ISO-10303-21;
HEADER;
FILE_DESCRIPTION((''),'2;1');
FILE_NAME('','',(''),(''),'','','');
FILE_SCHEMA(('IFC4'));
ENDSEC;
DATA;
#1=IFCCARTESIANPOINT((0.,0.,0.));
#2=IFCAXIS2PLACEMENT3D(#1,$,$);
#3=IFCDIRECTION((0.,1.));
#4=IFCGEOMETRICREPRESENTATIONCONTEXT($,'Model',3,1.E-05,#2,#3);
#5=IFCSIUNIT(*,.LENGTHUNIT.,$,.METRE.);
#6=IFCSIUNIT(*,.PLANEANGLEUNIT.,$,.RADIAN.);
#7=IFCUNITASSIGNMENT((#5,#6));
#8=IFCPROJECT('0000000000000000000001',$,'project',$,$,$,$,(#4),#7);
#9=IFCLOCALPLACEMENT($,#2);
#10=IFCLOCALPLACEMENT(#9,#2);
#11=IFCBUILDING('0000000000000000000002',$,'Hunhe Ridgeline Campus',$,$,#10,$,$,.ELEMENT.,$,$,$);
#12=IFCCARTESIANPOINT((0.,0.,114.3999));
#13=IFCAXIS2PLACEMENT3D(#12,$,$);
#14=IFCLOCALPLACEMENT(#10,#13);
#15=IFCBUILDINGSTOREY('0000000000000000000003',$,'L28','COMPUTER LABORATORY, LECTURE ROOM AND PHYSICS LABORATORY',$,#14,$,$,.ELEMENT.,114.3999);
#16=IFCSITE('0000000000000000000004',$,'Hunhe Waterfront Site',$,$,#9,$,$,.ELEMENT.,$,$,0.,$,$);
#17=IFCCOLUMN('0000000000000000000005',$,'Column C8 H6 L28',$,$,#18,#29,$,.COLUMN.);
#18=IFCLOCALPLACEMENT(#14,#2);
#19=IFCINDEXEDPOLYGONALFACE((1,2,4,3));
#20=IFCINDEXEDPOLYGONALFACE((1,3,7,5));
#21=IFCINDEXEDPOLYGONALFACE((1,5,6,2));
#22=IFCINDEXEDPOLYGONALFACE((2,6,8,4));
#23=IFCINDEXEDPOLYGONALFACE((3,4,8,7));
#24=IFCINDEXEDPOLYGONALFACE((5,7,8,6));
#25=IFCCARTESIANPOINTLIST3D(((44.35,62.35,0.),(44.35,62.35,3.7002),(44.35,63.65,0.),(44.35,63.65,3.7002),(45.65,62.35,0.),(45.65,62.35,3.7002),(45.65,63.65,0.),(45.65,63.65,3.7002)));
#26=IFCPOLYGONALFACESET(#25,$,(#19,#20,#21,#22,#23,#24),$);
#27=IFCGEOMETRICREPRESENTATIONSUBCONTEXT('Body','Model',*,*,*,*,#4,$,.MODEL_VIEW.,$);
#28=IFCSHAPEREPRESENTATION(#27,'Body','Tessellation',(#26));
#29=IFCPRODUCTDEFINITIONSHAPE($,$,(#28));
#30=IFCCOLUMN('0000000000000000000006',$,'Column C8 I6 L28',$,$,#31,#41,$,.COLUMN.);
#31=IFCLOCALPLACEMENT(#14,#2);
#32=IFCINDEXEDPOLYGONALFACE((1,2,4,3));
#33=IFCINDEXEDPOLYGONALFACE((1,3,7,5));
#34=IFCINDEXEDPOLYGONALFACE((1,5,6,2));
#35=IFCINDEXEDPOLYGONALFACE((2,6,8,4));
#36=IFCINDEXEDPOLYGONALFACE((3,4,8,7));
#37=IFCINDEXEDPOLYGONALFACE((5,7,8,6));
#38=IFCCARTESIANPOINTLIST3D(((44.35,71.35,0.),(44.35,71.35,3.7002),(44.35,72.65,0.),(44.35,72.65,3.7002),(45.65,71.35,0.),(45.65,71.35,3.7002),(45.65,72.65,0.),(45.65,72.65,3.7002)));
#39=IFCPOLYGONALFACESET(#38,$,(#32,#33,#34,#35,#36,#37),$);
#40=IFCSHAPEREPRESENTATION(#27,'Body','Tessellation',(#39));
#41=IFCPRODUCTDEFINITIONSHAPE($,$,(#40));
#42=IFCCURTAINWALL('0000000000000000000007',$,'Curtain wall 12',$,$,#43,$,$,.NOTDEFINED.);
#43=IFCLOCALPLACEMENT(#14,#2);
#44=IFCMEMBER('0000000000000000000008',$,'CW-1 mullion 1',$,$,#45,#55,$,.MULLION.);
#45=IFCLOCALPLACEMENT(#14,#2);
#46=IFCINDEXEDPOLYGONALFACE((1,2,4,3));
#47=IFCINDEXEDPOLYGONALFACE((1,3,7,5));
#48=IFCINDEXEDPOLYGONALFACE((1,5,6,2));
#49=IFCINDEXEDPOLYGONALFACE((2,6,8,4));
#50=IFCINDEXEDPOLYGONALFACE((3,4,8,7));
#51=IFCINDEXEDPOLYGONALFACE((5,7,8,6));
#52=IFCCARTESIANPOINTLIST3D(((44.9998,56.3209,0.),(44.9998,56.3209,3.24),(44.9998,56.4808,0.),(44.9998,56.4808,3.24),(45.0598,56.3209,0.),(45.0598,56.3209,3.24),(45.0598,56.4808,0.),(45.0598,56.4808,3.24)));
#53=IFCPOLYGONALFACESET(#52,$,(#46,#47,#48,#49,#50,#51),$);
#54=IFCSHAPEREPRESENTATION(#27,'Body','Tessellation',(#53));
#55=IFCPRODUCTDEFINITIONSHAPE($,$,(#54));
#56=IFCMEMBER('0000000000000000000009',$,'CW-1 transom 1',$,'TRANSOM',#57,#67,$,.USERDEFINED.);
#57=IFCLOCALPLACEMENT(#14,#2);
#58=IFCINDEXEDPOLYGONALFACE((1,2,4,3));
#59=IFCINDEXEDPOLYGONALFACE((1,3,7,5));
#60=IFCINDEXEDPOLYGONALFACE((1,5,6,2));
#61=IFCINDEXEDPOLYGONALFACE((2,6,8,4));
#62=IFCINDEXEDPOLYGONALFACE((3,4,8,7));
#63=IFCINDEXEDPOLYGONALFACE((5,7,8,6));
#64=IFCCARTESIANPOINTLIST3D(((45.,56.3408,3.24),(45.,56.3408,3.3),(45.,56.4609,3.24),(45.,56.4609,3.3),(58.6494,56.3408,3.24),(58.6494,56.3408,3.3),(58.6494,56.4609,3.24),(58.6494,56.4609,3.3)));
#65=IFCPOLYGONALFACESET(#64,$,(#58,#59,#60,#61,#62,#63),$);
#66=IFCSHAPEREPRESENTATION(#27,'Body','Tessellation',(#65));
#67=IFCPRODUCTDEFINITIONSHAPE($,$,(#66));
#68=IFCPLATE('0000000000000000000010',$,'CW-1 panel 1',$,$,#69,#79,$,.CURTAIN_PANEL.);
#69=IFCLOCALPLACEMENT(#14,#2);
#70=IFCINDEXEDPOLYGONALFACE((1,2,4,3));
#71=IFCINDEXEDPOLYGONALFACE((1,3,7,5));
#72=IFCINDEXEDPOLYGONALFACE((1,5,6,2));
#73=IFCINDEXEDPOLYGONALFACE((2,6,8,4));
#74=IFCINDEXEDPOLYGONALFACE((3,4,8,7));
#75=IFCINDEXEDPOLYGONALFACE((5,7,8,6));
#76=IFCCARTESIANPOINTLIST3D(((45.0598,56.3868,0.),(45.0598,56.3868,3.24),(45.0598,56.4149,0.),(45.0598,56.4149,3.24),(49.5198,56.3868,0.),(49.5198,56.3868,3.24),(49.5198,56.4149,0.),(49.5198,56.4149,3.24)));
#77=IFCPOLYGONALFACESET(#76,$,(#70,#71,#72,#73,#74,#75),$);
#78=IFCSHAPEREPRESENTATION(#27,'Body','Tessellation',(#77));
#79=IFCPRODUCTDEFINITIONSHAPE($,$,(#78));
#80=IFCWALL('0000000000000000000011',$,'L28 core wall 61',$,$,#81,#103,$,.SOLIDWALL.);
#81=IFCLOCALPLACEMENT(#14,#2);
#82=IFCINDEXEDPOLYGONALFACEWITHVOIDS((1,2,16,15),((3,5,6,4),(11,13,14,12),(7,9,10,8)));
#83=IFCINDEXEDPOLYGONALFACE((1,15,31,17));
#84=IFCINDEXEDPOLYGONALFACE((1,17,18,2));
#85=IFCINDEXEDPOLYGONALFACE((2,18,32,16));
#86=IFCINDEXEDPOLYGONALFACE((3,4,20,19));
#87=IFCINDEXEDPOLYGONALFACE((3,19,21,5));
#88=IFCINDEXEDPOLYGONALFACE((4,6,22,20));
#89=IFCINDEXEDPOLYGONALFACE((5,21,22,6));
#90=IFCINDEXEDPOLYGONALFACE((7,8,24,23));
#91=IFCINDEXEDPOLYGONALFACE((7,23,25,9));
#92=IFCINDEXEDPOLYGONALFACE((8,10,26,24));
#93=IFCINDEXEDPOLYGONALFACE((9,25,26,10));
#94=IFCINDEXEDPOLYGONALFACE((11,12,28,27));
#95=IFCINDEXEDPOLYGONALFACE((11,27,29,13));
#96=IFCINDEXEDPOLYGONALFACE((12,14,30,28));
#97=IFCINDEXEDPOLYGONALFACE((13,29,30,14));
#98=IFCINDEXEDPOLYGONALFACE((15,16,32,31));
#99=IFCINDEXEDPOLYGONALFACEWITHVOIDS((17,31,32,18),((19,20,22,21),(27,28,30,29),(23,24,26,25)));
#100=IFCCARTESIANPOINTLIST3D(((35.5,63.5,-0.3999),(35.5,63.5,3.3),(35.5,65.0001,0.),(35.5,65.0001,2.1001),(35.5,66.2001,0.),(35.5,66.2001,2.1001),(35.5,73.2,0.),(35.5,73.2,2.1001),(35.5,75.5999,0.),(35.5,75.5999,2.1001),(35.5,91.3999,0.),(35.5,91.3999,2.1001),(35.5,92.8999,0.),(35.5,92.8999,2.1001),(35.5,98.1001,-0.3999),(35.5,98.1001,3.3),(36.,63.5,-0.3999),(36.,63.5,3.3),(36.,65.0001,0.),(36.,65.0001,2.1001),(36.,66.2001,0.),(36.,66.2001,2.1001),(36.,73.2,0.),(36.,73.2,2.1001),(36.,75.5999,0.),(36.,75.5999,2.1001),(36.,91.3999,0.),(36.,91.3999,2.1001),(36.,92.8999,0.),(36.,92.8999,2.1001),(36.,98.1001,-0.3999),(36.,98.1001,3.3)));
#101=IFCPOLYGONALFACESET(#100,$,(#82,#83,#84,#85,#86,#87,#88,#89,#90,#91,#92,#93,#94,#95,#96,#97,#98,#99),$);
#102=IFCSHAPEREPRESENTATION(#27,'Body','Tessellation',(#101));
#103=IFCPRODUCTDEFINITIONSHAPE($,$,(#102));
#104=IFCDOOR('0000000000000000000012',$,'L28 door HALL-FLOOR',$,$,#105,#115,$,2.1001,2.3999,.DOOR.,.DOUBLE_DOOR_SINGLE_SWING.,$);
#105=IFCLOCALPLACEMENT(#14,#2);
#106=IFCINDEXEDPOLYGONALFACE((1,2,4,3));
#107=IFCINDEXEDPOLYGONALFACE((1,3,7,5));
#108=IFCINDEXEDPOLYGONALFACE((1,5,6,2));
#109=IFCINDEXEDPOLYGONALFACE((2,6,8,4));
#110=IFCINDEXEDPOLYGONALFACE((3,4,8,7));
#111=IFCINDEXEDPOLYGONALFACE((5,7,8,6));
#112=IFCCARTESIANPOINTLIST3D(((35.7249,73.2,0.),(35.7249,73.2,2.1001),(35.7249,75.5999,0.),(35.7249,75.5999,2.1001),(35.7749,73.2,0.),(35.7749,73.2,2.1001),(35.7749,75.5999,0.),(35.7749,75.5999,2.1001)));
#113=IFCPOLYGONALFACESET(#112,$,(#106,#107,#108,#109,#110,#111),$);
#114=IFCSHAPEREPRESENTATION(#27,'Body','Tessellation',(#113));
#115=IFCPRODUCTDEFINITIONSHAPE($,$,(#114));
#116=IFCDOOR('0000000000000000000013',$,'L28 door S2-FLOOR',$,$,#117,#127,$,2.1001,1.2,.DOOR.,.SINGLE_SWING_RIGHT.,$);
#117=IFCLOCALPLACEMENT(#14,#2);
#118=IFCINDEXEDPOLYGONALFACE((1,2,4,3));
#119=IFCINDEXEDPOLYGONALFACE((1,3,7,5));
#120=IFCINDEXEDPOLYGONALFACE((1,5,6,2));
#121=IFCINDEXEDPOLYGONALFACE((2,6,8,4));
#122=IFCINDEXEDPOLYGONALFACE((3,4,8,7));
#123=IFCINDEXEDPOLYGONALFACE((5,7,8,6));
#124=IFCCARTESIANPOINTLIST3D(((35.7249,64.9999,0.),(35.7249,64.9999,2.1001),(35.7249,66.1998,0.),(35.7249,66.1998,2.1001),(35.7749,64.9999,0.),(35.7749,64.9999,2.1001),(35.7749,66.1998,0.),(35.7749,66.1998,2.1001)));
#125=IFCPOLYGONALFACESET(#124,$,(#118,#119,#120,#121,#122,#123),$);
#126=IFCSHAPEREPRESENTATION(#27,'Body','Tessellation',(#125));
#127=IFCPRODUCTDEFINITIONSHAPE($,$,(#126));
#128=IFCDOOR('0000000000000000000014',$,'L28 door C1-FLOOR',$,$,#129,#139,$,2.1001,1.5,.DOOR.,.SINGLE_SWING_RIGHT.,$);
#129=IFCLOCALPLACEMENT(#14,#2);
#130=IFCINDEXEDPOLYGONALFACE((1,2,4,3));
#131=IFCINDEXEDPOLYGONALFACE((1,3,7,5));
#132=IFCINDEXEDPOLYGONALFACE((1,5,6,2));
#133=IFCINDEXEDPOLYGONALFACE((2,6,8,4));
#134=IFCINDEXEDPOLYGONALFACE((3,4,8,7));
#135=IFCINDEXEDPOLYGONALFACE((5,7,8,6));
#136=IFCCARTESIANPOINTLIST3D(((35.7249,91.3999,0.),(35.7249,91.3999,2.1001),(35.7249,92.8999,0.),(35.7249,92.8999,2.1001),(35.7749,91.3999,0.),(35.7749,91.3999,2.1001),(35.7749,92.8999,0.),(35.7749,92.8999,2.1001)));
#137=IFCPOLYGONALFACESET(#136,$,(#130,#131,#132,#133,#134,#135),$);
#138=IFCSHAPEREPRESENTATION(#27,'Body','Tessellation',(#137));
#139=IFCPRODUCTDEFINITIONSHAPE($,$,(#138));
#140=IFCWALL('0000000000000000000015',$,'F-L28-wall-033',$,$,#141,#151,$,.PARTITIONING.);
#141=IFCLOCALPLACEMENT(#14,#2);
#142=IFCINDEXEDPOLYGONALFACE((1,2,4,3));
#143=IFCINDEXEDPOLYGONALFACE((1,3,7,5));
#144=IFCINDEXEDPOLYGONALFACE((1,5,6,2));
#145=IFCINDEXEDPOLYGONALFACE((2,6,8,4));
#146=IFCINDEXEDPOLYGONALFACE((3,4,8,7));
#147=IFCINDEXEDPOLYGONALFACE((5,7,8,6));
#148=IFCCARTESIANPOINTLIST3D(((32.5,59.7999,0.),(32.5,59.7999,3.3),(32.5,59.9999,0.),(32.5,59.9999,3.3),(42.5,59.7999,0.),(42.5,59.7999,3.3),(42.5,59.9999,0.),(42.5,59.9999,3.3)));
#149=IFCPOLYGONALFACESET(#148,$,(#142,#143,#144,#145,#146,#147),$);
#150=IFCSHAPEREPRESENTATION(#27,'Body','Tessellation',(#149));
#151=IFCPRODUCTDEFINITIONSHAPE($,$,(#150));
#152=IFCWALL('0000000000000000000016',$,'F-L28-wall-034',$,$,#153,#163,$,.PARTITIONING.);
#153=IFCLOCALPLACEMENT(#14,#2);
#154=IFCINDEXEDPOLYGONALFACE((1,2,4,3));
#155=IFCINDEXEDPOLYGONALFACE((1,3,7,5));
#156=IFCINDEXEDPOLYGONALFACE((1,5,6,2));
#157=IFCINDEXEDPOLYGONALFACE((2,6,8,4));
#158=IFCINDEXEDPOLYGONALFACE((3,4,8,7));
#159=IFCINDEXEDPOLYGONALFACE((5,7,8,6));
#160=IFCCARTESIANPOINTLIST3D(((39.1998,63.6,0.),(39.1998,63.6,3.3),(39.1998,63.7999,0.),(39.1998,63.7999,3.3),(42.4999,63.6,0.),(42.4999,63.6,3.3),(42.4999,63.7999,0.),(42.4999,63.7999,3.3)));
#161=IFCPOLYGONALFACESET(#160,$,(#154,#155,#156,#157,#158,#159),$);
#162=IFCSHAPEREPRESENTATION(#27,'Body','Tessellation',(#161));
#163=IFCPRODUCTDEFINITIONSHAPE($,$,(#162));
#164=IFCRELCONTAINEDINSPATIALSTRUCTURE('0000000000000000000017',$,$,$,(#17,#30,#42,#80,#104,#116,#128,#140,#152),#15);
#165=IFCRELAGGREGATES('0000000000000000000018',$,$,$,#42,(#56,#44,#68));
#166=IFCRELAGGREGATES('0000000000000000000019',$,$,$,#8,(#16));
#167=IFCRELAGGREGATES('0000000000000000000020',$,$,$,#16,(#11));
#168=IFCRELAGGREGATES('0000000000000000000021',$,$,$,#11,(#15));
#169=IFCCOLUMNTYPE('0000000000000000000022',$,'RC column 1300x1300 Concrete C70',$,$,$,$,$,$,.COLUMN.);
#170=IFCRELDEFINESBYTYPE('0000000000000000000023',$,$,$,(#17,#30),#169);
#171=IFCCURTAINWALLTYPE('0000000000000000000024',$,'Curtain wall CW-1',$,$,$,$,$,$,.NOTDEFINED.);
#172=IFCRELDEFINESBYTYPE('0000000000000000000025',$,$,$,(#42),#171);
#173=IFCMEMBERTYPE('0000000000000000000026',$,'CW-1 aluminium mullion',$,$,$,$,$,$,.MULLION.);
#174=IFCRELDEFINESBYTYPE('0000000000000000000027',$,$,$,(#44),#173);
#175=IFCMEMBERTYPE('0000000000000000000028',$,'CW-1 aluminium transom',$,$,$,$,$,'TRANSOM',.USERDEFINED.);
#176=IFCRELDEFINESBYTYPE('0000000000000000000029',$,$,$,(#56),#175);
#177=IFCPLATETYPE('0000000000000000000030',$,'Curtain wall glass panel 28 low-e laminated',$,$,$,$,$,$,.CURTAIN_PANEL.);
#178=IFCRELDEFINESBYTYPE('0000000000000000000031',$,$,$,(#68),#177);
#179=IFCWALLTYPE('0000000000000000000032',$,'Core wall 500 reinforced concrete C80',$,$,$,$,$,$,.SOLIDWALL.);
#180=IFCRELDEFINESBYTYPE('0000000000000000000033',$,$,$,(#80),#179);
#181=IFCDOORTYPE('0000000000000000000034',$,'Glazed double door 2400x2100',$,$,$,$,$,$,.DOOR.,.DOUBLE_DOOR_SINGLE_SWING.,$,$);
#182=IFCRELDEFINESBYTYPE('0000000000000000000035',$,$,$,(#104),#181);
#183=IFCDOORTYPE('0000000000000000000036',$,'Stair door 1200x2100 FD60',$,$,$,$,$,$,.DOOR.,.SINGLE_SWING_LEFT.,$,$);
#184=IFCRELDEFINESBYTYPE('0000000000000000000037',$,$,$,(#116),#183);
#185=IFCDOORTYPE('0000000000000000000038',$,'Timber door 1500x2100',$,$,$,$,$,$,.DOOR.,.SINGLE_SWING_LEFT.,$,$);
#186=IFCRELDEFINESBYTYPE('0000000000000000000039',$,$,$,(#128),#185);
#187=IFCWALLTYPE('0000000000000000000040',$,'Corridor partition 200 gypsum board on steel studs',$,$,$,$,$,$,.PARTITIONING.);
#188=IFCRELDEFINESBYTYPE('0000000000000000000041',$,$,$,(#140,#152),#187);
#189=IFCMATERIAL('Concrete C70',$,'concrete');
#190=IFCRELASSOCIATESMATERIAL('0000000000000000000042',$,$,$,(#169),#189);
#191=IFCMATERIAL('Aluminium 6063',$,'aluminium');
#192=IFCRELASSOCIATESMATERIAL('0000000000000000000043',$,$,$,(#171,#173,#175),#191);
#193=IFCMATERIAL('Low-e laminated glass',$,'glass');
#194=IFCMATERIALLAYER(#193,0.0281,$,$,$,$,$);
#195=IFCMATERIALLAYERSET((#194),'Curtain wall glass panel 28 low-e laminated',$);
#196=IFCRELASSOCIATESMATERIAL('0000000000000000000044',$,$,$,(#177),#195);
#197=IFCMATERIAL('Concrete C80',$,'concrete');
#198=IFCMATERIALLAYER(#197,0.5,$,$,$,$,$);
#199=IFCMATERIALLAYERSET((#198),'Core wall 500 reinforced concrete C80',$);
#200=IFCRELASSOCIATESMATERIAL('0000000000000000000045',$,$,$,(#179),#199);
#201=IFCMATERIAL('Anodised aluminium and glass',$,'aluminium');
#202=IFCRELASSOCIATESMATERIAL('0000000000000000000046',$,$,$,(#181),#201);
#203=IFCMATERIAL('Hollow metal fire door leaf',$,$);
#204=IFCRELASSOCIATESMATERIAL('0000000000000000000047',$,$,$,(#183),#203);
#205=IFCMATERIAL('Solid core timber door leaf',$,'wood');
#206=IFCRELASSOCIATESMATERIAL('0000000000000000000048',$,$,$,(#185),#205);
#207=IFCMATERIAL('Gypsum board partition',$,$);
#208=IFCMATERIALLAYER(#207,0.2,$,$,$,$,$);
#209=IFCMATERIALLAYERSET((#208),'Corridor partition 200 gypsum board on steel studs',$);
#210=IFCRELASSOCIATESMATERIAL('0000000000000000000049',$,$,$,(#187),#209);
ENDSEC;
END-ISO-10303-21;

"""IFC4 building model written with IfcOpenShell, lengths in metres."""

from ifc_helpers import new_model, si_unit, direction, frame, frame_2d, origin, origin_2d, place, context, subcontext, project, spatial, rectangle, extrude, material, layer, layer_set, material_profile, profile_set, type_object, element, fill, aggregate, save


model = new_model("IFC4")

# Units and contexts
model_context = context("Model", 3, precision=1e-05, world=origin(), true_north=direction((0.0, 1.0)))
body_context = subcontext(model_context, "Body", "Model", "MODEL_VIEW")
ifc_project = project(units=[si_unit("LENGTHUNIT", "METRE"), si_unit("PLANEANGLEUNIT", "RADIAN")], contexts=[model_context])

# Site, building, storey
site_placement = place(None, origin())
site = spatial("IfcSite", under=ifc_project, at=site_placement, Name="Hunhe Waterfront Site", CompositionType="ELEMENT", RefElevation=0.0)
building_placement = place(site_placement, origin())
building = spatial("IfcBuilding", under=site, at=building_placement, Name="Hunhe Ridgeline Campus", CompositionType="ELEMENT")
storey_placement = place(building_placement, frame((0.0, 0.0, 114.3999)))
storey = spatial("IfcBuildingStorey", under=building, at=storey_placement, Name="L28", Description="COMPUTER LABORATORY, LECTURE ROOM AND PHYSICS LABORATORY", CompositionType="ELEMENT", Elevation=114.3999)

# Columns
ifc_material_1 = material(Name="Concrete C70", Category="concrete")
ifc_material_profile_1 = material_profile(ifc_material_1, rectangle(XDim=1.3, YDim=1.3, at=origin_2d()))
ifc_profile_set_1 = profile_set([ifc_material_profile_1], Name="Concrete C70")
column_type = type_object("IfcColumnType", Name="RC column 1300x1300 Concrete C70", PredefinedType="COLUMN", material=ifc_profile_set_1)
for number, where, z_axis, x_axis, name in (
    (1, (45.0, 63.0, 0.0), (0.0, 0.0, 1.0), (1.0, 0.0, 0.0), "Column C8 H6 L28"),
    (2, (45.0, 72.0, 0.0), (0.0, 0.0, 1.0), (1.0, 0.0, 0.0), "Column C8 I6 L28"),
):
    element("IfcColumn", number, at=place(storey_placement, frame(where, z_axis=z_axis, x_axis=x_axis)), inside=storey, type_object=column_type, Name=name, PredefinedType="COLUMN", context=body_context, shape_type="SweptSolid", body=[
        extrude(rectangle(XDim=1.3, YDim=1.3, at=origin_2d()), origin(), (0.0, 0.0, 1.0), 3.7002),
    ])

# Curtain wall, members, plate
ifc_material_2 = material(Name="Aluminium 6063", Category="aluminium")
curtain_wall_type = type_object("IfcCurtainWallType", Name="Curtain wall CW-1", PredefinedType="NOTDEFINED", material=ifc_material_2)
curtain_wall_placement = place(storey_placement, origin())
curtain_wall = element("IfcCurtainWall", 3, at=curtain_wall_placement, inside=storey, type_object=curtain_wall_type, Name="Curtain wall 12", PredefinedType="NOTDEFINED")
ifc_material_profile_2 = material_profile(ifc_material_2, rectangle(XDim=0.1599, YDim=0.0601, at=origin_2d()))
ifc_profile_set_2 = profile_set([ifc_material_profile_2], Name="Aluminium 6063")
member_type_1 = type_object("IfcMemberType", Name="CW-1 aluminium mullion", PredefinedType="MULLION", material=ifc_profile_set_2)
member_1_placement = place(storey_placement, frame((45.0298, 56.4009, 0.0), z_axis=(0.0, 0.0, 1.0), x_axis=(0.0, 1.0, 0.0)))
member_1 = element("IfcMember", 4, at=member_1_placement, type_object=member_type_1, Name="CW-1 mullion 1", PredefinedType="MULLION", context=body_context, shape_type="SweptSolid", body=[
    extrude(rectangle(XDim=0.1599, YDim=0.0601, at=origin_2d()), origin(), (0.0, 0.0, 1.0), 3.24),
])
ifc_material_profile_3 = material_profile(ifc_material_2, rectangle(XDim=0.1201, YDim=0.0601, at=origin_2d()))
ifc_profile_set_3 = profile_set([ifc_material_profile_3], Name="Aluminium 6063")
member_type_2 = type_object("IfcMemberType", Name="CW-1 aluminium transom", ElementType="TRANSOM", PredefinedType="USERDEFINED", material=ifc_profile_set_3)
member_2_placement = place(storey_placement, frame((45.0, 56.4009, 3.27), z_axis=(1.0, 0.0, 0.0), x_axis=(0.0, 1.0, 0.0)))
member_2 = element("IfcMember", 5, at=member_2_placement, type_object=member_type_2, Name="CW-1 transom 1", ObjectType="TRANSOM", PredefinedType="USERDEFINED", context=body_context, shape_type="SweptSolid", body=[
    extrude(rectangle(XDim=0.1201, YDim=0.0601, at=origin_2d()), origin(), (0.0, 0.0, 1.0), 13.6494),
])
ifc_material_3 = material(Name="Low-e laminated glass", Category="glass")
ifc_layer_1 = layer(ifc_material_3, 0.0281)
ifc_layer_set_1 = layer_set([ifc_layer_1], Name="Curtain wall glass panel 28 low-e laminated")
plate_type = type_object("IfcPlateType", Name="Curtain wall glass panel 28 low-e laminated", PredefinedType="CURTAIN_PANEL", material=ifc_layer_set_1)
plate_placement = place(storey_placement, frame((47.2898, 56.4009, 0.0), z_axis=(0.0, 0.0, 1.0), x_axis=(1.0, 0.0, 0.0)))
plate = element("IfcPlate", 6, at=plate_placement, type_object=plate_type, Name="CW-1 panel 1", PredefinedType="CURTAIN_PANEL", context=body_context, shape_type="SweptSolid", body=[
    extrude(rectangle(XDim=4.46, YDim=0.0281, at=origin_2d()), origin(), (0.0, 0.0, 1.0), 3.24),
])
aggregate(curtain_wall, [member_2, member_1, plate])

# Wall, openings, doors
ifc_material_4 = material(Name="Concrete C80", Category="concrete")
ifc_layer_2 = layer(ifc_material_4, 0.5)
ifc_layer_set_2 = layer_set([ifc_layer_2], Name="Core wall 500 reinforced concrete C80")
wall_type_1 = type_object("IfcWallType", Name="Core wall 500 reinforced concrete C80", PredefinedType="SOLIDWALL", material=ifc_layer_set_2)
wall_1_placement = place(storey_placement, frame((35.75, 63.5, -0.3999), z_axis=(0.0, 0.0, 1.0), x_axis=(0.0, 1.0, 0.0)))
wall_1 = element("IfcWall", 7, at=wall_1_placement, inside=storey, type_object=wall_type_1, Name="L28 core wall 61", PredefinedType="SOLIDWALL", context=body_context, shape_type="SweptSolid", body=[
    extrude(rectangle(XDim=34.6001, YDim=0.5, at=frame_2d((17.3, 0.0))), origin(), (0.0, 0.0, 1.0), 3.7),
])
opening_1_placement = place(wall_1_placement, frame((9.7, 0.0, 0.3999)))
opening_1 = element("IfcOpeningElement", 8, at=opening_1_placement, cuts=wall_1, PredefinedType="OPENING", context=body_context, shape_type="SweptSolid", body=[
    extrude(rectangle(XDim=2.3999, YDim=2.1001, at=frame_2d((1.2, 1.05))), frame((0.0, 0.25, 0.0), z_axis=(0.0, -1.0, 0.0), x_axis=(1.0, 0.0, 0.0)), (0.0, 0.0, 1.0), 0.5),
])
opening_2_placement = place(wall_1_placement, frame((27.8999, 0.0, 0.3999)))
opening_2 = element("IfcOpeningElement", 9, at=opening_2_placement, cuts=wall_1, PredefinedType="OPENING", context=body_context, shape_type="SweptSolid", body=[
    extrude(rectangle(XDim=1.5, YDim=2.1001, at=frame_2d((0.75, 1.05))), frame((0.0, 0.25, 0.0), z_axis=(0.0, -1.0, 0.0), x_axis=(1.0, 0.0, 0.0)), (0.0, 0.0, 1.0), 0.5),
])
opening_3_placement = place(wall_1_placement, frame((1.5, 0.0, 0.3999)))
opening_3 = element("IfcOpeningElement", 10, at=opening_3_placement, cuts=wall_1, PredefinedType="OPENING", context=body_context, shape_type="SweptSolid", body=[
    extrude(rectangle(XDim=1.2, YDim=2.1001, at=frame_2d((0.6001, 1.05))), frame((0.0, 0.25, 0.0), z_axis=(0.0, -1.0, 0.0), x_axis=(1.0, 0.0, 0.0)), (0.0, 0.0, 1.0), 0.5),
])
ifc_material_5 = material(Name="Anodised aluminium and glass", Category="aluminium")
door_type_1 = type_object("IfcDoorType", Name="Glazed double door 2400x2100", OperationType="DOUBLE_DOOR_SINGLE_SWING", PredefinedType="DOOR", material=ifc_material_5)
door_1_placement = place(opening_1_placement, frame((2.3999, 0.0, 0.0), z_axis=(0.0, 0.0, 1.0), x_axis=(-1.0, 0.0, 0.0)))
door_1 = element("IfcDoor", 11, at=door_1_placement, inside=storey, type_object=door_type_1, Name="L28 door HALL-FLOOR", OperationType="DOUBLE_DOOR_SINGLE_SWING", OverallHeight=2.1001, OverallWidth=2.3999, PredefinedType="DOOR", context=body_context, shape_type="SweptSolid", body=[
    extrude(rectangle(XDim=2.3999, YDim=2.1001, at=frame_2d((1.2, 1.05))), frame((0.0, 0.0249, 0.0), z_axis=(0.0, -1.0, 0.0), x_axis=(1.0, 0.0, 0.0)), (0.0, 0.0, 1.0), 0.05),
])
fill(opening_1, door_1)
ifc_material_6 = material(Name="Hollow metal fire door leaf")
door_type_2 = type_object("IfcDoorType", Name="Stair door 1200x2100 FD60", OperationType="SINGLE_SWING_LEFT", PredefinedType="DOOR", material=ifc_material_6)
door_2_placement = place(opening_3_placement, frame((1.2, 0.0, 0.0), z_axis=(0.0, 0.0, 1.0), x_axis=(-1.0, 0.0, 0.0)))
door_2 = element("IfcDoor", 12, at=door_2_placement, inside=storey, type_object=door_type_2, Name="L28 door S2-FLOOR", OperationType="SINGLE_SWING_RIGHT", OverallHeight=2.1001, OverallWidth=1.2, PredefinedType="DOOR", context=body_context, shape_type="SweptSolid", body=[
    extrude(rectangle(XDim=1.2, YDim=2.1001, at=frame_2d((0.6001, 1.05))), frame((0.0, 0.0249, 0.0), z_axis=(0.0, -1.0, 0.0), x_axis=(1.0, 0.0, 0.0)), (0.0, 0.0, 1.0), 0.05),
])
fill(opening_3, door_2)
ifc_material_7 = material(Name="Solid core timber door leaf", Category="wood")
door_type_3 = type_object("IfcDoorType", Name="Timber door 1500x2100", OperationType="SINGLE_SWING_LEFT", PredefinedType="DOOR", material=ifc_material_7)
door_3_placement = place(opening_2_placement, frame((1.5, 0.0, 0.0), z_axis=(0.0, 0.0, 1.0), x_axis=(-1.0, 0.0, 0.0)))
door_3 = element("IfcDoor", 13, at=door_3_placement, inside=storey, type_object=door_type_3, Name="L28 door C1-FLOOR", OperationType="SINGLE_SWING_RIGHT", OverallHeight=2.1001, OverallWidth=1.5, PredefinedType="DOOR", context=body_context, shape_type="SweptSolid", body=[
    extrude(rectangle(XDim=1.5, YDim=2.1001, at=frame_2d((0.75, 1.05))), frame((0.0, 0.0249, 0.0), z_axis=(0.0, -1.0, 0.0), x_axis=(1.0, 0.0, 0.0)), (0.0, 0.0, 1.0), 0.05),
])
fill(opening_2, door_3)

# Walls
ifc_material_8 = material(Name="Gypsum board partition")
ifc_layer_3 = layer(ifc_material_8, 0.2)
ifc_layer_set_3 = layer_set([ifc_layer_3], Name="Corridor partition 200 gypsum board on steel studs")
wall_type_2 = type_object("IfcWallType", Name="Corridor partition 200 gypsum board on steel studs", PredefinedType="PARTITIONING", material=ifc_layer_set_3)
wall_2_placement = place(storey_placement, frame((42.5, 59.8999, 0.0), z_axis=(0.0, 0.0, 1.0), x_axis=(-1.0, 0.0, 0.0)))
element("IfcWall", 14, at=wall_2_placement, inside=storey, type_object=wall_type_2, Name="F-L28-wall-033", PredefinedType="PARTITIONING", context=body_context, shape_type="SweptSolid", body=[
    extrude(rectangle(XDim=10.0, YDim=0.2, at=frame_2d((5.0, 0.0))), origin(), (0.0, 0.0, 1.0), 3.3),
])
wall_3_placement = place(storey_placement, frame((39.2, 63.7, 0.0), z_axis=(0.0, 0.0, 1.0), x_axis=(1.0, 0.0, 0.0)))
element("IfcWall", 15, at=wall_3_placement, inside=storey, type_object=wall_type_2, Name="F-L28-wall-034", PredefinedType="PARTITIONING", context=body_context, shape_type="SweptSolid", body=[
    extrude(rectangle(XDim=3.3, YDim=0.2, at=frame_2d((1.6499, 0.0))), origin(), (0.0, 0.0, 1.0), 3.3),
])

save(model, "model.ifc")
